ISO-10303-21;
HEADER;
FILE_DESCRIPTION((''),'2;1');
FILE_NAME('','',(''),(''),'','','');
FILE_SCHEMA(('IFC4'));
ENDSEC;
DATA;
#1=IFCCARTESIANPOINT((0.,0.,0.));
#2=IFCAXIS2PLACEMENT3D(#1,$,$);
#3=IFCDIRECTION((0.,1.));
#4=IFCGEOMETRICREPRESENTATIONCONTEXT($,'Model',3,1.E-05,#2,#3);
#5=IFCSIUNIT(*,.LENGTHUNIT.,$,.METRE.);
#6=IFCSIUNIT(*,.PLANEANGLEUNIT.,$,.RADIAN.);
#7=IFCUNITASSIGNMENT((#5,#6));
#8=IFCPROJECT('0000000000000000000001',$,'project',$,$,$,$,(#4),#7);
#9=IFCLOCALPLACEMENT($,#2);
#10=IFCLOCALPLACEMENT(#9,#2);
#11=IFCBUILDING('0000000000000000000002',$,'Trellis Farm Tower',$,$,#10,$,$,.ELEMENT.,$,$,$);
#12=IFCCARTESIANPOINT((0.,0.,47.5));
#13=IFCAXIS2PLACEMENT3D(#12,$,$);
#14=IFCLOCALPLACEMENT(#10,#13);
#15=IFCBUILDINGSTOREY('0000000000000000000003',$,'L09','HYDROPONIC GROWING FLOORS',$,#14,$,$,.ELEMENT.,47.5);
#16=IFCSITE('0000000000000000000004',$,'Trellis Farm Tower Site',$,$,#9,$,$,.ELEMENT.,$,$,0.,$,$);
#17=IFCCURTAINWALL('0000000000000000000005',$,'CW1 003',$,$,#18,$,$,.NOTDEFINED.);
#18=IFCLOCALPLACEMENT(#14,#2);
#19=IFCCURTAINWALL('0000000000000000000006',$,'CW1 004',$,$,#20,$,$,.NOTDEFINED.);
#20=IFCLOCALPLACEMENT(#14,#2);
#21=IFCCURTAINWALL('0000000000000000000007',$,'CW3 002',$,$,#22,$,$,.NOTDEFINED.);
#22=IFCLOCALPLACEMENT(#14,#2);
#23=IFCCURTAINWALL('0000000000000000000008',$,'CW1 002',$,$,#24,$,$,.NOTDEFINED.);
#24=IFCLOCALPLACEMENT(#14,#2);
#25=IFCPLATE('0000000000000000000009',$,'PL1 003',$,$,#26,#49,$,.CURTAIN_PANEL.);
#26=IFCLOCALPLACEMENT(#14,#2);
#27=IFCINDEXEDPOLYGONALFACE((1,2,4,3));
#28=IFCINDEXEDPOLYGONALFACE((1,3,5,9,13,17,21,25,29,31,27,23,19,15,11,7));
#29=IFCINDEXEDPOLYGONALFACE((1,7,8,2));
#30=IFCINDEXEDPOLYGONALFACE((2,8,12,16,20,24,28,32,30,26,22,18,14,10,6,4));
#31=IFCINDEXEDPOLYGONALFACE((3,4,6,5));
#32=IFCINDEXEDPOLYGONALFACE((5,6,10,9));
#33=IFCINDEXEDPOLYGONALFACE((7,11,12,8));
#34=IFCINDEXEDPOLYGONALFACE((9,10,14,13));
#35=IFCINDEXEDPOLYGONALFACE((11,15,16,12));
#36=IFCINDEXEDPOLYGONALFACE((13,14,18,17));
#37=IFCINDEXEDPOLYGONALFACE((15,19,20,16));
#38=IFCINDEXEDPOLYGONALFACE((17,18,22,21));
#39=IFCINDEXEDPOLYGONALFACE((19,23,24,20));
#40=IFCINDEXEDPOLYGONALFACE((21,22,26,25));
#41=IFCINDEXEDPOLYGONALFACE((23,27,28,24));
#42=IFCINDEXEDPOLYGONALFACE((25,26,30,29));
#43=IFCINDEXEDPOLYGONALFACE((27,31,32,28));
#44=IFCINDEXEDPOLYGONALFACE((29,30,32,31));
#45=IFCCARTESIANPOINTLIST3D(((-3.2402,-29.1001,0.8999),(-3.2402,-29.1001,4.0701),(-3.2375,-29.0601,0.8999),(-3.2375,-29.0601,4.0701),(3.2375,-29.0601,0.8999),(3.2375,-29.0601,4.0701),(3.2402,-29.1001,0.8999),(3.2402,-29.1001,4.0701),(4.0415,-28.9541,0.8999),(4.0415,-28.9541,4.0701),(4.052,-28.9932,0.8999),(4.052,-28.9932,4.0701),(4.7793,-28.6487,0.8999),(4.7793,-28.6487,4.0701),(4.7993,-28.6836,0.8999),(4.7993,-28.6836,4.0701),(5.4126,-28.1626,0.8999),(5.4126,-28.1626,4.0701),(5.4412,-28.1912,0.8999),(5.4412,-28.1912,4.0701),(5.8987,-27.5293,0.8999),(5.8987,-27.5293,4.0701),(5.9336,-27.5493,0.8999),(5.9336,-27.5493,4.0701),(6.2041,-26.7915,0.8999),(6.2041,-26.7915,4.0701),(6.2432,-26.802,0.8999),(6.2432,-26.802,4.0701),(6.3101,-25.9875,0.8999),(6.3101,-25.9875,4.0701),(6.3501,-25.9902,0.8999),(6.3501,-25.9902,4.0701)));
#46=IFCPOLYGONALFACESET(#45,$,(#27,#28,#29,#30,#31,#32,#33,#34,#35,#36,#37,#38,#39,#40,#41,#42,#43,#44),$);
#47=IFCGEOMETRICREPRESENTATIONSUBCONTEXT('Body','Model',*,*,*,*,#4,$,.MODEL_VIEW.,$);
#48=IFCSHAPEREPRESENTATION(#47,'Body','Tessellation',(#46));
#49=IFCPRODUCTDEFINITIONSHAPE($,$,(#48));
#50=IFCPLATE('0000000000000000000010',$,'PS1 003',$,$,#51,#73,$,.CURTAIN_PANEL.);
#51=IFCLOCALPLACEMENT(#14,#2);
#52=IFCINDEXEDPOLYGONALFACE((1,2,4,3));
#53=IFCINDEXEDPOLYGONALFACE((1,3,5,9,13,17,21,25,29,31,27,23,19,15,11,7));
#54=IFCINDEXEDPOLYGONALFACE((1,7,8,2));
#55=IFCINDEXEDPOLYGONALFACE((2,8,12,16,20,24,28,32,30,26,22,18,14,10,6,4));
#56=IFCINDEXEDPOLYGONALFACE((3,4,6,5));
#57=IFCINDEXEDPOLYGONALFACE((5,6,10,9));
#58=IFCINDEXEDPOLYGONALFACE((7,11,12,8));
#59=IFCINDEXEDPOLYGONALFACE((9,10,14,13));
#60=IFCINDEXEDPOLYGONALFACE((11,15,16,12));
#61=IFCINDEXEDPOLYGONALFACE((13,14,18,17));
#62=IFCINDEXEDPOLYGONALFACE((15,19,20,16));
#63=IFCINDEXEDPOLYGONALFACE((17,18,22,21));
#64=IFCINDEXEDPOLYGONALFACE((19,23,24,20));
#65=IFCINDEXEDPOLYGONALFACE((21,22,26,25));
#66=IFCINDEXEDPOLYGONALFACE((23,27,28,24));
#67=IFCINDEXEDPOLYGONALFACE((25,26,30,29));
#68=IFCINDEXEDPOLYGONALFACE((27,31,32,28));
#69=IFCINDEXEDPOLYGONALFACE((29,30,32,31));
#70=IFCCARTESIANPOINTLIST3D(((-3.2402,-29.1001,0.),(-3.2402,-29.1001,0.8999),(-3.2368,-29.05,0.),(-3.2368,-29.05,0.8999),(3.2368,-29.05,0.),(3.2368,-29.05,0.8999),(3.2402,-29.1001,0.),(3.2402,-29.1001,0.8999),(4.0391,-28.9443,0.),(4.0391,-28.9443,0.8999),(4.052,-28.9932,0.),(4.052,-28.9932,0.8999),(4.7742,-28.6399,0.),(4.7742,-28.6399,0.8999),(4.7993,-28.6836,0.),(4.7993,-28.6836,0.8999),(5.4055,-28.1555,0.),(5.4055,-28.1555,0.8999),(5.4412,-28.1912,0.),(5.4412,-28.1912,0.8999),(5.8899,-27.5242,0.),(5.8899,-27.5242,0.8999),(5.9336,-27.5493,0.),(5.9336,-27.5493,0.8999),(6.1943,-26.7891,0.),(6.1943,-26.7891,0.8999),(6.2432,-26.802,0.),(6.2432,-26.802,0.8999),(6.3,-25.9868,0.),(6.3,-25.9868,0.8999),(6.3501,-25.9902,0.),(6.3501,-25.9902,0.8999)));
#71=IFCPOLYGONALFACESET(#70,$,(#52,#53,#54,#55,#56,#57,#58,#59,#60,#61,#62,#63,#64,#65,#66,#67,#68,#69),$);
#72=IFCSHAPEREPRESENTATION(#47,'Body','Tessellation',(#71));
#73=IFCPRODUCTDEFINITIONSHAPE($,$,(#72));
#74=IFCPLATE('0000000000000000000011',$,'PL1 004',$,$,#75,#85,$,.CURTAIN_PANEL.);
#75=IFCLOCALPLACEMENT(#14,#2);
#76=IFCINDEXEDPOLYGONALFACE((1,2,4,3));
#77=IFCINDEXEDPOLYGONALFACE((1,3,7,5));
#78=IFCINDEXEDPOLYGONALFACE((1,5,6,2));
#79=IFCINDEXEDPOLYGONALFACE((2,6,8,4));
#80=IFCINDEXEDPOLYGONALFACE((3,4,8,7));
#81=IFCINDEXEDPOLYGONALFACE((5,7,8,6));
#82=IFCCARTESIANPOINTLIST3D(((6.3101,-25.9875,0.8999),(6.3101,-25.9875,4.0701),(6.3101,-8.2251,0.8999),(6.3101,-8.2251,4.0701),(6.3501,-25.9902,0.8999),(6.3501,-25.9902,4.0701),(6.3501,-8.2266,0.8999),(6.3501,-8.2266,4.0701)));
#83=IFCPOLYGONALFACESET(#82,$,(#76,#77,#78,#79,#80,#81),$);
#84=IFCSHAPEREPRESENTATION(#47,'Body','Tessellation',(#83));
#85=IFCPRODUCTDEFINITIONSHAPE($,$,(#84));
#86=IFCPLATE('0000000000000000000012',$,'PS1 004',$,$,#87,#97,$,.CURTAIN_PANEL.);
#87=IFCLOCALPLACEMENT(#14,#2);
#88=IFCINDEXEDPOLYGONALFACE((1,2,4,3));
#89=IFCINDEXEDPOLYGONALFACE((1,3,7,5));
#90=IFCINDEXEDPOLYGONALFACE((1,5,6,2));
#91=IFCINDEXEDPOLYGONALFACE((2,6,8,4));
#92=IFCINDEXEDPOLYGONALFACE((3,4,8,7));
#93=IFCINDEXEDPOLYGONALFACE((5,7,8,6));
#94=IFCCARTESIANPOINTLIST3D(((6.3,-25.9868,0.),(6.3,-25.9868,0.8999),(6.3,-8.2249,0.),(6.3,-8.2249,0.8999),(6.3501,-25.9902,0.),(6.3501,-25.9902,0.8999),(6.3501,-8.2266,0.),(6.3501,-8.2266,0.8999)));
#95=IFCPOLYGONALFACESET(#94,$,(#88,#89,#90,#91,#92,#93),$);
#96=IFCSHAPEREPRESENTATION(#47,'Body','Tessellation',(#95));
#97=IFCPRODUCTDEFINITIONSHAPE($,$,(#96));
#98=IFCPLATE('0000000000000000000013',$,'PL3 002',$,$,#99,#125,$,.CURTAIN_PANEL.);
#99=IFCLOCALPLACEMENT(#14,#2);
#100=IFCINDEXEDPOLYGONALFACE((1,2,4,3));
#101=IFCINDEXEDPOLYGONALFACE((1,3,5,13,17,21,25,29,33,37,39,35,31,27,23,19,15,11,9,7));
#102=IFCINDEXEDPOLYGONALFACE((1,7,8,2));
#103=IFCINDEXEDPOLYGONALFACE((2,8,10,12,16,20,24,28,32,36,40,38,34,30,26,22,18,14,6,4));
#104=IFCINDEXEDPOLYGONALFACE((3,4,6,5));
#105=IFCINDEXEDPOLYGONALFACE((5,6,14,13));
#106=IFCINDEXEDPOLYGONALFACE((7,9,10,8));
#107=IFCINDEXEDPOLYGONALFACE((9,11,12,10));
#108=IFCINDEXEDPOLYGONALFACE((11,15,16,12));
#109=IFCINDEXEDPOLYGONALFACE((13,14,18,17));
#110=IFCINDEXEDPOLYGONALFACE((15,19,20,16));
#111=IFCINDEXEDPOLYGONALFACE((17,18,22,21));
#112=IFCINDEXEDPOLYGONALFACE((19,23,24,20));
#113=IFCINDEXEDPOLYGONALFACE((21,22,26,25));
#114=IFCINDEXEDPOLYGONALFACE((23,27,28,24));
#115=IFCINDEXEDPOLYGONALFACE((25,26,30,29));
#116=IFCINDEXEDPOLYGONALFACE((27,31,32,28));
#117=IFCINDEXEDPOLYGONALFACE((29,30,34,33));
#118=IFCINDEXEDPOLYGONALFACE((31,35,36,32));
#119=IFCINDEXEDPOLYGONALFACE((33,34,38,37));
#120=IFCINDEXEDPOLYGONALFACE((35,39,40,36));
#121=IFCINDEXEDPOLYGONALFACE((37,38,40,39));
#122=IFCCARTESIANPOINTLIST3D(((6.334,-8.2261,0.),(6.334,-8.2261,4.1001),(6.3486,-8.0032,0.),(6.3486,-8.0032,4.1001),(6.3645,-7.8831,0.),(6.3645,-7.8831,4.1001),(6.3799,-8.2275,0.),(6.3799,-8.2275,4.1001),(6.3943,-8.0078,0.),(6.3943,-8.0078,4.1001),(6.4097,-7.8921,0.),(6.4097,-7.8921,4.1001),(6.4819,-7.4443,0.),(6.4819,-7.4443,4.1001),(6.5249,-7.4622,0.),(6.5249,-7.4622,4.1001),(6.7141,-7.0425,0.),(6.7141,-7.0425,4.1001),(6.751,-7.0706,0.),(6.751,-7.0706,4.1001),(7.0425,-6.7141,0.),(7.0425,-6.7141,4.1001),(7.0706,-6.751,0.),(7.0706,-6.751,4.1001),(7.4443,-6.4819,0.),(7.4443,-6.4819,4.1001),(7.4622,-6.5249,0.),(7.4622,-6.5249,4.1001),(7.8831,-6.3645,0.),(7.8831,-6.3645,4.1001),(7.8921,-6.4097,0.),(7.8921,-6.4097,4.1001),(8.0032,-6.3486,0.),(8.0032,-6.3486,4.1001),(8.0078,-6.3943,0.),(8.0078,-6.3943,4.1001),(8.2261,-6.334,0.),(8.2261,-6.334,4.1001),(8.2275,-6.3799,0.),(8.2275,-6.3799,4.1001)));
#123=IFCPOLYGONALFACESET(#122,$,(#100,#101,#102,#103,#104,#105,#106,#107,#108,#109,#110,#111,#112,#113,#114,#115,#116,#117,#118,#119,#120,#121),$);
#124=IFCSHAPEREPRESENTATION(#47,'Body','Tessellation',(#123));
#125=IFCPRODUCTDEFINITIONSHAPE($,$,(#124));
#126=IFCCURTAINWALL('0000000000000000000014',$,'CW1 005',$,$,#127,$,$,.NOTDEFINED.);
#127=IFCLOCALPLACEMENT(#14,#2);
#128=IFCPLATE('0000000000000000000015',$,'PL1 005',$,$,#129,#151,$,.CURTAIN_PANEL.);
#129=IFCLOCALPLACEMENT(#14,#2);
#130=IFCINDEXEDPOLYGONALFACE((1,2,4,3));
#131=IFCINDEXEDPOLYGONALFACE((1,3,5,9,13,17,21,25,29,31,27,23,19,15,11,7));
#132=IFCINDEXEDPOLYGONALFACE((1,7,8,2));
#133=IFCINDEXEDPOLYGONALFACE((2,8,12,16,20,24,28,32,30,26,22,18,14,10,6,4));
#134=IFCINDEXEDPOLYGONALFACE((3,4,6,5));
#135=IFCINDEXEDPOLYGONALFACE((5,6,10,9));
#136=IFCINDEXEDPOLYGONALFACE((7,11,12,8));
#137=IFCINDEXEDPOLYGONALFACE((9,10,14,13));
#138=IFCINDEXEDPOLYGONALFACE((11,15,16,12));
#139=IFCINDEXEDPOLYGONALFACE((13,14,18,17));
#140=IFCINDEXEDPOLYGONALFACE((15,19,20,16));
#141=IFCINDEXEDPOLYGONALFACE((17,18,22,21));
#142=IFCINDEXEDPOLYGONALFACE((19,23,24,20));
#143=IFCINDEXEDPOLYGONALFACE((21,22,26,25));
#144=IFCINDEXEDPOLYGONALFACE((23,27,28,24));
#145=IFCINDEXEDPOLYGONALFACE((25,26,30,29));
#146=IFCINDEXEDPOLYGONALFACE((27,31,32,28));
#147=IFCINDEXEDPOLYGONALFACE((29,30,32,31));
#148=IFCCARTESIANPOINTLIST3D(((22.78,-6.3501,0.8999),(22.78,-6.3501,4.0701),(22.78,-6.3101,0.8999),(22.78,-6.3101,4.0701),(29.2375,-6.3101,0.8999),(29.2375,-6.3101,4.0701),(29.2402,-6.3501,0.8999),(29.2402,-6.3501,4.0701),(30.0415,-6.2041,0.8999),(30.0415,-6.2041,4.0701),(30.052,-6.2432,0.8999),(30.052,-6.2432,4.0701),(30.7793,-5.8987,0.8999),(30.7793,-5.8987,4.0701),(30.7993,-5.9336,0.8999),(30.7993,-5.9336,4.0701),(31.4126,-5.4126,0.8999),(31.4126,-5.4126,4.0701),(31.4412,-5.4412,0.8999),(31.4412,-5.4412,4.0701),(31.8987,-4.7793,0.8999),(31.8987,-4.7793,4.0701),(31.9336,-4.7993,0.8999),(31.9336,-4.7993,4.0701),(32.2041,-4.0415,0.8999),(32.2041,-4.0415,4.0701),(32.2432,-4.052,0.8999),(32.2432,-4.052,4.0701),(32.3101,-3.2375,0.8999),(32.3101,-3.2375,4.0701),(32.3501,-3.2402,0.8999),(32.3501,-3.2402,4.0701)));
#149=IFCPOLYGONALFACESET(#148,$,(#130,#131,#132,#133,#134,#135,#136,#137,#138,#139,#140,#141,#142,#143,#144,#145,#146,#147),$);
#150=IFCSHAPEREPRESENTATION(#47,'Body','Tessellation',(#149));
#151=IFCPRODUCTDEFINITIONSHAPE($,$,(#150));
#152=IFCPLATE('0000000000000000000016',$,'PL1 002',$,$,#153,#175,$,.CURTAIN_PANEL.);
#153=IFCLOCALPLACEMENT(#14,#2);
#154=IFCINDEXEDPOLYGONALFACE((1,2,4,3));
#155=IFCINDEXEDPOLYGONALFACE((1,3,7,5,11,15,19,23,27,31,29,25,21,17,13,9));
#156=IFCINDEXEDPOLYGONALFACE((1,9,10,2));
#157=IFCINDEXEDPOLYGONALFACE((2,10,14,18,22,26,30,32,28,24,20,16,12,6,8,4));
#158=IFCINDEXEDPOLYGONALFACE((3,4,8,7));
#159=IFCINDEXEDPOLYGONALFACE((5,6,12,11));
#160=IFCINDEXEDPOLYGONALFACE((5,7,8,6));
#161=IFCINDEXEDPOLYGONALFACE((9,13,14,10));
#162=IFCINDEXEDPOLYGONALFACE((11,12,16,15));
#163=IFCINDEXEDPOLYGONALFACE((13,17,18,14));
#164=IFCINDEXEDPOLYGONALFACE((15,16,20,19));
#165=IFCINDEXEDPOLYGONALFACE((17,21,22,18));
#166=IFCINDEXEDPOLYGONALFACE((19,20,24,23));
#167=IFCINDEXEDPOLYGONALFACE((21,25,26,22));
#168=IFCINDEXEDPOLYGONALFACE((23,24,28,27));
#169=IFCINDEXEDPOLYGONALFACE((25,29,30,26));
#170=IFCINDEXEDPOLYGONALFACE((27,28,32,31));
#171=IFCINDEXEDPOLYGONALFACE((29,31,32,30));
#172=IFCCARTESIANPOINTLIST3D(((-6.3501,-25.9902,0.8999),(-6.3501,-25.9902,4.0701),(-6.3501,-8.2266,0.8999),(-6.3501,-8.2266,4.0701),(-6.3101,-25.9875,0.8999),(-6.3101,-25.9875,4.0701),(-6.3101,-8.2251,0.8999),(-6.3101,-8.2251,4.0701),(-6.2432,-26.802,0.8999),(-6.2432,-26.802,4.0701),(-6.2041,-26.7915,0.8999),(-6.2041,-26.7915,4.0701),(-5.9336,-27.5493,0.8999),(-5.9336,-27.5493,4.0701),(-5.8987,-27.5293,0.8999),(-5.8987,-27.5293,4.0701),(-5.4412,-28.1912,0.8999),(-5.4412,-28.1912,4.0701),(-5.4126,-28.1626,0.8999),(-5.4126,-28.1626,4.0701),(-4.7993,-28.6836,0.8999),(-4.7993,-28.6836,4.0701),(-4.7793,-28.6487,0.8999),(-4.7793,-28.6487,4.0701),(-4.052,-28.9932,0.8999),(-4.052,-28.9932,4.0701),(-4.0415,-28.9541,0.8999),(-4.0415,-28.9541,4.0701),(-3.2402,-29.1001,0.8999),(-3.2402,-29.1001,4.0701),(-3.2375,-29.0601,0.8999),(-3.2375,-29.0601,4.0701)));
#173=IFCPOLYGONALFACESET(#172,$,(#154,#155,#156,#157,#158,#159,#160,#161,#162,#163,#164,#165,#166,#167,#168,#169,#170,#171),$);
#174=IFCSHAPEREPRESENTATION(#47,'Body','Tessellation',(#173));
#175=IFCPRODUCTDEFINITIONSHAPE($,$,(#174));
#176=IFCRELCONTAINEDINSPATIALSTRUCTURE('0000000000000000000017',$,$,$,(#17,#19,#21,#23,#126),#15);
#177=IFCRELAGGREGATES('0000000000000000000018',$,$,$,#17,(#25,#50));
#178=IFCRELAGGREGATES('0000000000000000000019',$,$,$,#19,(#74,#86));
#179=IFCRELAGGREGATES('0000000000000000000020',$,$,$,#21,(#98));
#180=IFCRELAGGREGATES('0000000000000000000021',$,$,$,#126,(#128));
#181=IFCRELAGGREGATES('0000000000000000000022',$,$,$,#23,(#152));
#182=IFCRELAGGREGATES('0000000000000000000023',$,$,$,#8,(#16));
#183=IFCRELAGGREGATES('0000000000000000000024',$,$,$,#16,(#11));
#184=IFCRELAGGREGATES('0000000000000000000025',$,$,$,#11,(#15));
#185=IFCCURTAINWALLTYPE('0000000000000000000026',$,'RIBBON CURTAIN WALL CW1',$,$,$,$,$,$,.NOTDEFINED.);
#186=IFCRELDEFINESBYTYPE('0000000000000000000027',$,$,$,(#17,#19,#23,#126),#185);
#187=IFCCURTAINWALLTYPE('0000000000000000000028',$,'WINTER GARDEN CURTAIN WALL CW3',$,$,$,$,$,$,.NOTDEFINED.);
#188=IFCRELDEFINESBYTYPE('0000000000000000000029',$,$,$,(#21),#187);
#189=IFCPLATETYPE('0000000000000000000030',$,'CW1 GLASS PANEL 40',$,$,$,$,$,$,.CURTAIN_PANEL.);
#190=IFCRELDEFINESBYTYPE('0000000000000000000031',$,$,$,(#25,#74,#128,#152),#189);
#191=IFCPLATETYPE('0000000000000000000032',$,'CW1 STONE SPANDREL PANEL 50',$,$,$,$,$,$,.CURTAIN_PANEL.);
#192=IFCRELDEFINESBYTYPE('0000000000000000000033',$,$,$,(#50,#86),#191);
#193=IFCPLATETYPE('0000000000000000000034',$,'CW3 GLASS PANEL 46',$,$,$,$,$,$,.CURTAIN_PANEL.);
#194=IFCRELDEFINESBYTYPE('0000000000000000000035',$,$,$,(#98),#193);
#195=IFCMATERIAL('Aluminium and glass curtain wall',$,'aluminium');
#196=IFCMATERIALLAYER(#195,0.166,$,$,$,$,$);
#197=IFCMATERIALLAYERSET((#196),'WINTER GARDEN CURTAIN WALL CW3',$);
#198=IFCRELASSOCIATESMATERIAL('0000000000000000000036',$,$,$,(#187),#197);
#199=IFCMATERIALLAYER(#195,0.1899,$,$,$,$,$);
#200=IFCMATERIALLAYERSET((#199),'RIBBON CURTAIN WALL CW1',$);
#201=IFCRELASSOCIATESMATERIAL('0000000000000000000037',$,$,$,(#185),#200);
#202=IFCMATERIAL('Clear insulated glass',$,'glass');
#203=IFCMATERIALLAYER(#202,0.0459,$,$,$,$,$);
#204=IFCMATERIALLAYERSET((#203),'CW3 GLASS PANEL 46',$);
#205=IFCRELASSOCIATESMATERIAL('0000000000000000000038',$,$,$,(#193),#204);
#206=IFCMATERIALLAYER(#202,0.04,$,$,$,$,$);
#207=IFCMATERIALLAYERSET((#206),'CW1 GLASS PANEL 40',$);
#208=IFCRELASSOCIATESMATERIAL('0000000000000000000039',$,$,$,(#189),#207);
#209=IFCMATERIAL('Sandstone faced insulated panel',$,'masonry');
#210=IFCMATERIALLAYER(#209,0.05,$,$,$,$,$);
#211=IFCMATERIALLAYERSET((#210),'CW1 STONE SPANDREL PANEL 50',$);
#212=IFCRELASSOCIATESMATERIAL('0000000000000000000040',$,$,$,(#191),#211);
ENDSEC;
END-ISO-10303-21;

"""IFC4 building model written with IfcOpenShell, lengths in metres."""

from ifc_helpers import new_model, si_unit, direction, frame, origin, place, context, subcontext, project, spatial, polyline, outline, extrude, source, transform, mapped, material, layer, layer_set, type_object, element, aggregate, save


model = new_model("IFC4")

# Units and contexts
model_context = context("Model", 3, precision=1e-05, world=origin(), true_north=direction((0.0, 1.0)))
body_context = subcontext(model_context, "Body", "Model", "MODEL_VIEW")
ifc_project = project(units=[si_unit("LENGTHUNIT", "METRE"), si_unit("PLANEANGLEUNIT", "RADIAN")], contexts=[model_context])

# Site, building, storey
site_placement = place(None, origin())
site = spatial("IfcSite", under=ifc_project, at=site_placement, Name="Trellis Farm Tower Site", CompositionType="ELEMENT", RefElevation=0.0)
building_placement = place(site_placement, origin())
building = spatial("IfcBuilding", under=site, at=building_placement, Name="Trellis Farm Tower", CompositionType="ELEMENT")
storey_placement = place(building_placement, frame((0.0, 0.0, 47.5)))
storey = spatial("IfcBuildingStorey", under=building, at=storey_placement, Name="L09", Description="HYDROPONIC GROWING FLOORS", CompositionType="ELEMENT", Elevation=47.5)

# Curtain walls
ifc_material_1 = material(Name="Aluminium and glass curtain wall", Category="aluminium")
ifc_layer_1 = layer(ifc_material_1, 0.166)
ifc_layer_set_1 = layer_set([ifc_layer_1], Name="WINTER GARDEN CURTAIN WALL CW3")
curtain_wall_type_1 = type_object("IfcCurtainWallType", Name="WINTER GARDEN CURTAIN WALL CW3", PredefinedType="NOTDEFINED", material=ifc_layer_set_1)
placement_1 = place(storey_placement, origin())
ifc_layer_2 = layer(ifc_material_1, 0.1899)
ifc_layer_set_2 = layer_set([ifc_layer_2], Name="RIBBON CURTAIN WALL CW1")
curtain_wall_type_2 = type_object("IfcCurtainWallType", Name="RIBBON CURTAIN WALL CW1", PredefinedType="NOTDEFINED", material=ifc_layer_set_2)
curtain_wall_1 = element("IfcCurtainWall", 1, at=placement_1, inside=storey, type_object=curtain_wall_type_2, Name="CW1 003", PredefinedType="NOTDEFINED")
curtain_wall_2 = element("IfcCurtainWall", 2, at=placement_1, inside=storey, type_object=curtain_wall_type_2, Name="CW1 004", PredefinedType="NOTDEFINED")
curtain_wall_3 = element("IfcCurtainWall", 3, at=placement_1, inside=storey, type_object=curtain_wall_type_1, Name="CW3 002", PredefinedType="NOTDEFINED")
curtain_wall_4 = element("IfcCurtainWall", 4, at=placement_1, inside=storey, type_object=curtain_wall_type_2, Name="CW1 002", PredefinedType="NOTDEFINED")

# Plates
ifc_material_2 = material(Name="Clear insulated glass", Category="glass")
ifc_layer_3 = layer(ifc_material_2, 0.0459)
ifc_layer_set_3 = layer_set([ifc_layer_3], Name="CW3 GLASS PANEL 46")
plate_type_1 = type_object("IfcPlateType", Name="CW3 GLASS PANEL 46", PredefinedType="CURTAIN_PANEL", material=ifc_layer_set_3)
ifc_layer_4 = layer(ifc_material_2, 0.04)
ifc_layer_set_4 = layer_set([ifc_layer_4], Name="CW1 GLASS PANEL 40")
plate_type_2 = type_object("IfcPlateType", Name="CW1 GLASS PANEL 40", PredefinedType="CURTAIN_PANEL", material=ifc_layer_set_4)
shared_shape_1 = source(origin(), body_context, "Body", "SweptSolid", [
    extrude(outline(polyline([(-3.2402, -29.1001), (3.2402, -29.1001), (4.052, -28.9932), (4.7993, -28.6836), (5.4412, -28.1912), (5.9336, -27.5493), (6.2432, -26.802), (6.3501, -25.9902), (6.3101, -25.9875), (6.2041, -26.7915), (5.8987, -27.5293), (5.4126, -28.1626), (4.7793, -28.6487), (4.0415, -28.9541), (3.2375, -29.0601), (-3.2375, -29.0601), (-3.2402, -29.1001)])), origin(), (0.0, 0.0, 1.0), 3.1702),
])
placement_2 = place(storey_placement, frame((0.0, 0.0, 0.8999)))
plate_1 = element("IfcPlate", 5, at=placement_2, type_object=plate_type_2, Name="PL1 003", PredefinedType="CURTAIN_PANEL", context=body_context, shape_type="MappedRepresentation", body=[
    mapped(shared_shape_1, transform((0.0, 0.0, 0.0))),
])
ifc_material_3 = material(Name="Sandstone faced insulated panel", Category="masonry")
ifc_layer_5 = layer(ifc_material_3, 0.05)
ifc_layer_set_5 = layer_set([ifc_layer_5], Name="CW1 STONE SPANDREL PANEL 50")
plate_type_3 = type_object("IfcPlateType", Name="CW1 STONE SPANDREL PANEL 50", PredefinedType="CURTAIN_PANEL", material=ifc_layer_set_5)
shared_shape_2 = source(origin(), body_context, "Body", "SweptSolid", [
    extrude(outline(polyline([(-3.2402, -29.1001), (3.2402, -29.1001), (4.052, -28.9932), (4.7993, -28.6836), (5.4412, -28.1912), (5.9336, -27.5493), (6.2432, -26.802), (6.3501, -25.9902), (6.3, -25.9868), (6.1943, -26.7891), (5.8899, -27.5242), (5.4055, -28.1555), (4.7742, -28.6399), (4.0391, -28.9443), (3.2368, -29.05), (-3.2368, -29.05), (-3.2402, -29.1001)])), origin(), (0.0, 0.0, 1.0), 0.8999),
])
plate_2 = element("IfcPlate", 6, at=placement_1, type_object=plate_type_3, Name="PS1 003", PredefinedType="CURTAIN_PANEL", context=body_context, shape_type="MappedRepresentation", body=[
    mapped(shared_shape_2, transform((0.0, 0.0, 0.0))),
])
aggregate(curtain_wall_1, [plate_1, plate_2])
shared_shape_3 = source(origin(), body_context, "Body", "SweptSolid", [
    extrude(outline(polyline([(6.3501, -25.9902), (6.3501, -8.2266), (6.3101, -8.2251), (6.3101, -25.9875), (6.3501, -25.9902)])), origin(), (0.0, 0.0, 1.0), 3.1702),
])
plate_3 = element("IfcPlate", 7, at=placement_2, type_object=plate_type_2, Name="PL1 004", PredefinedType="CURTAIN_PANEL", context=body_context, shape_type="MappedRepresentation", body=[
    mapped(shared_shape_3, transform((0.0, 0.0, 0.0))),
])
shared_shape_4 = source(origin(), body_context, "Body", "SweptSolid", [
    extrude(outline(polyline([(6.3501, -25.9902), (6.3501, -8.2266), (6.3, -8.2249), (6.3, -25.9868), (6.3501, -25.9902)])), origin(), (0.0, 0.0, 1.0), 0.8999),
])
plate_4 = element("IfcPlate", 8, at=placement_1, type_object=plate_type_3, Name="PS1 004", PredefinedType="CURTAIN_PANEL", context=body_context, shape_type="MappedRepresentation", body=[
    mapped(shared_shape_4, transform((0.0, 0.0, 0.0))),
])
aggregate(curtain_wall_2, [plate_3, plate_4])
shared_shape_5 = source(origin(), body_context, "Body", "SweptSolid", [
    extrude(outline(polyline([(6.3799, -8.2275), (6.3943, -8.0078), (6.4097, -7.8921), (6.5249, -7.4622), (6.751, -7.0706), (7.0706, -6.751), (7.4622, -6.5249), (7.8921, -6.4097), (8.0078, -6.3943), (8.2275, -6.3799), (8.2261, -6.334), (8.0032, -6.3486), (7.8831, -6.3645), (7.4443, -6.4819), (7.0425, -6.7141), (6.7141, -7.0425), (6.4819, -7.4443), (6.3645, -7.8831), (6.3486, -8.0032), (6.334, -8.2261), (6.3799, -8.2275)])), origin(), (0.0, 0.0, 1.0), 4.1001),
])
plate_5 = element("IfcPlate", 9, at=placement_1, type_object=plate_type_1, Name="PL3 002", PredefinedType="CURTAIN_PANEL", context=body_context, shape_type="MappedRepresentation", body=[
    mapped(shared_shape_5, transform((0.0, 0.0, 0.0))),
])
aggregate(curtain_wall_3, [plate_5])

# Curtain wall, plate
curtain_wall_5 = element("IfcCurtainWall", 10, at=placement_1, inside=storey, type_object=curtain_wall_type_2, Name="CW1 005", PredefinedType="NOTDEFINED")
shared_shape_6 = source(origin(), body_context, "Body", "SweptSolid", [
    extrude(outline(polyline([(22.78, -6.3501), (29.2402, -6.3501), (30.052, -6.2432), (30.7993, -5.9336), (31.4412, -5.4412), (31.9336, -4.7993), (32.2432, -4.052), (32.3501, -3.2402), (32.3101, -3.2375), (32.2041, -4.0415), (31.8987, -4.7793), (31.4126, -5.4126), (30.7793, -5.8987), (30.0415, -6.2041), (29.2375, -6.3101), (22.78, -6.3101), (22.78, -6.3501)])), origin(), (0.0, 0.0, 1.0), 3.1702),
])
plate_6 = element("IfcPlate", 11, at=placement_2, type_object=plate_type_2, Name="PL1 005", PredefinedType="CURTAIN_PANEL", context=body_context, shape_type="MappedRepresentation", body=[
    mapped(shared_shape_6, transform((0.0, 0.0, 0.0))),
])
aggregate(curtain_wall_5, [plate_6])

# Plate
shared_shape_7 = source(origin(), body_context, "Body", "SweptSolid", [
    extrude(outline(polyline([(-6.3501, -8.2266), (-6.3501, -25.9902), (-6.2432, -26.802), (-5.9336, -27.5493), (-5.4412, -28.1912), (-4.7993, -28.6836), (-4.052, -28.9932), (-3.2402, -29.1001), (-3.2375, -29.0601), (-4.0415, -28.9541), (-4.7793, -28.6487), (-5.4126, -28.1626), (-5.8987, -27.5293), (-6.2041, -26.7915), (-6.3101, -25.9875), (-6.3101, -8.2251), (-6.3501, -8.2266)])), origin(), (0.0, 0.0, 1.0), 3.1702),
])
plate_7 = element("IfcPlate", 12, at=placement_2, type_object=plate_type_2, Name="PL1 002", PredefinedType="CURTAIN_PANEL", context=body_context, shape_type="MappedRepresentation", body=[
    mapped(shared_shape_7, transform((0.0, 0.0, 0.0))),
])
aggregate(curtain_wall_4, [plate_7])

save(model, "model.ifc")
